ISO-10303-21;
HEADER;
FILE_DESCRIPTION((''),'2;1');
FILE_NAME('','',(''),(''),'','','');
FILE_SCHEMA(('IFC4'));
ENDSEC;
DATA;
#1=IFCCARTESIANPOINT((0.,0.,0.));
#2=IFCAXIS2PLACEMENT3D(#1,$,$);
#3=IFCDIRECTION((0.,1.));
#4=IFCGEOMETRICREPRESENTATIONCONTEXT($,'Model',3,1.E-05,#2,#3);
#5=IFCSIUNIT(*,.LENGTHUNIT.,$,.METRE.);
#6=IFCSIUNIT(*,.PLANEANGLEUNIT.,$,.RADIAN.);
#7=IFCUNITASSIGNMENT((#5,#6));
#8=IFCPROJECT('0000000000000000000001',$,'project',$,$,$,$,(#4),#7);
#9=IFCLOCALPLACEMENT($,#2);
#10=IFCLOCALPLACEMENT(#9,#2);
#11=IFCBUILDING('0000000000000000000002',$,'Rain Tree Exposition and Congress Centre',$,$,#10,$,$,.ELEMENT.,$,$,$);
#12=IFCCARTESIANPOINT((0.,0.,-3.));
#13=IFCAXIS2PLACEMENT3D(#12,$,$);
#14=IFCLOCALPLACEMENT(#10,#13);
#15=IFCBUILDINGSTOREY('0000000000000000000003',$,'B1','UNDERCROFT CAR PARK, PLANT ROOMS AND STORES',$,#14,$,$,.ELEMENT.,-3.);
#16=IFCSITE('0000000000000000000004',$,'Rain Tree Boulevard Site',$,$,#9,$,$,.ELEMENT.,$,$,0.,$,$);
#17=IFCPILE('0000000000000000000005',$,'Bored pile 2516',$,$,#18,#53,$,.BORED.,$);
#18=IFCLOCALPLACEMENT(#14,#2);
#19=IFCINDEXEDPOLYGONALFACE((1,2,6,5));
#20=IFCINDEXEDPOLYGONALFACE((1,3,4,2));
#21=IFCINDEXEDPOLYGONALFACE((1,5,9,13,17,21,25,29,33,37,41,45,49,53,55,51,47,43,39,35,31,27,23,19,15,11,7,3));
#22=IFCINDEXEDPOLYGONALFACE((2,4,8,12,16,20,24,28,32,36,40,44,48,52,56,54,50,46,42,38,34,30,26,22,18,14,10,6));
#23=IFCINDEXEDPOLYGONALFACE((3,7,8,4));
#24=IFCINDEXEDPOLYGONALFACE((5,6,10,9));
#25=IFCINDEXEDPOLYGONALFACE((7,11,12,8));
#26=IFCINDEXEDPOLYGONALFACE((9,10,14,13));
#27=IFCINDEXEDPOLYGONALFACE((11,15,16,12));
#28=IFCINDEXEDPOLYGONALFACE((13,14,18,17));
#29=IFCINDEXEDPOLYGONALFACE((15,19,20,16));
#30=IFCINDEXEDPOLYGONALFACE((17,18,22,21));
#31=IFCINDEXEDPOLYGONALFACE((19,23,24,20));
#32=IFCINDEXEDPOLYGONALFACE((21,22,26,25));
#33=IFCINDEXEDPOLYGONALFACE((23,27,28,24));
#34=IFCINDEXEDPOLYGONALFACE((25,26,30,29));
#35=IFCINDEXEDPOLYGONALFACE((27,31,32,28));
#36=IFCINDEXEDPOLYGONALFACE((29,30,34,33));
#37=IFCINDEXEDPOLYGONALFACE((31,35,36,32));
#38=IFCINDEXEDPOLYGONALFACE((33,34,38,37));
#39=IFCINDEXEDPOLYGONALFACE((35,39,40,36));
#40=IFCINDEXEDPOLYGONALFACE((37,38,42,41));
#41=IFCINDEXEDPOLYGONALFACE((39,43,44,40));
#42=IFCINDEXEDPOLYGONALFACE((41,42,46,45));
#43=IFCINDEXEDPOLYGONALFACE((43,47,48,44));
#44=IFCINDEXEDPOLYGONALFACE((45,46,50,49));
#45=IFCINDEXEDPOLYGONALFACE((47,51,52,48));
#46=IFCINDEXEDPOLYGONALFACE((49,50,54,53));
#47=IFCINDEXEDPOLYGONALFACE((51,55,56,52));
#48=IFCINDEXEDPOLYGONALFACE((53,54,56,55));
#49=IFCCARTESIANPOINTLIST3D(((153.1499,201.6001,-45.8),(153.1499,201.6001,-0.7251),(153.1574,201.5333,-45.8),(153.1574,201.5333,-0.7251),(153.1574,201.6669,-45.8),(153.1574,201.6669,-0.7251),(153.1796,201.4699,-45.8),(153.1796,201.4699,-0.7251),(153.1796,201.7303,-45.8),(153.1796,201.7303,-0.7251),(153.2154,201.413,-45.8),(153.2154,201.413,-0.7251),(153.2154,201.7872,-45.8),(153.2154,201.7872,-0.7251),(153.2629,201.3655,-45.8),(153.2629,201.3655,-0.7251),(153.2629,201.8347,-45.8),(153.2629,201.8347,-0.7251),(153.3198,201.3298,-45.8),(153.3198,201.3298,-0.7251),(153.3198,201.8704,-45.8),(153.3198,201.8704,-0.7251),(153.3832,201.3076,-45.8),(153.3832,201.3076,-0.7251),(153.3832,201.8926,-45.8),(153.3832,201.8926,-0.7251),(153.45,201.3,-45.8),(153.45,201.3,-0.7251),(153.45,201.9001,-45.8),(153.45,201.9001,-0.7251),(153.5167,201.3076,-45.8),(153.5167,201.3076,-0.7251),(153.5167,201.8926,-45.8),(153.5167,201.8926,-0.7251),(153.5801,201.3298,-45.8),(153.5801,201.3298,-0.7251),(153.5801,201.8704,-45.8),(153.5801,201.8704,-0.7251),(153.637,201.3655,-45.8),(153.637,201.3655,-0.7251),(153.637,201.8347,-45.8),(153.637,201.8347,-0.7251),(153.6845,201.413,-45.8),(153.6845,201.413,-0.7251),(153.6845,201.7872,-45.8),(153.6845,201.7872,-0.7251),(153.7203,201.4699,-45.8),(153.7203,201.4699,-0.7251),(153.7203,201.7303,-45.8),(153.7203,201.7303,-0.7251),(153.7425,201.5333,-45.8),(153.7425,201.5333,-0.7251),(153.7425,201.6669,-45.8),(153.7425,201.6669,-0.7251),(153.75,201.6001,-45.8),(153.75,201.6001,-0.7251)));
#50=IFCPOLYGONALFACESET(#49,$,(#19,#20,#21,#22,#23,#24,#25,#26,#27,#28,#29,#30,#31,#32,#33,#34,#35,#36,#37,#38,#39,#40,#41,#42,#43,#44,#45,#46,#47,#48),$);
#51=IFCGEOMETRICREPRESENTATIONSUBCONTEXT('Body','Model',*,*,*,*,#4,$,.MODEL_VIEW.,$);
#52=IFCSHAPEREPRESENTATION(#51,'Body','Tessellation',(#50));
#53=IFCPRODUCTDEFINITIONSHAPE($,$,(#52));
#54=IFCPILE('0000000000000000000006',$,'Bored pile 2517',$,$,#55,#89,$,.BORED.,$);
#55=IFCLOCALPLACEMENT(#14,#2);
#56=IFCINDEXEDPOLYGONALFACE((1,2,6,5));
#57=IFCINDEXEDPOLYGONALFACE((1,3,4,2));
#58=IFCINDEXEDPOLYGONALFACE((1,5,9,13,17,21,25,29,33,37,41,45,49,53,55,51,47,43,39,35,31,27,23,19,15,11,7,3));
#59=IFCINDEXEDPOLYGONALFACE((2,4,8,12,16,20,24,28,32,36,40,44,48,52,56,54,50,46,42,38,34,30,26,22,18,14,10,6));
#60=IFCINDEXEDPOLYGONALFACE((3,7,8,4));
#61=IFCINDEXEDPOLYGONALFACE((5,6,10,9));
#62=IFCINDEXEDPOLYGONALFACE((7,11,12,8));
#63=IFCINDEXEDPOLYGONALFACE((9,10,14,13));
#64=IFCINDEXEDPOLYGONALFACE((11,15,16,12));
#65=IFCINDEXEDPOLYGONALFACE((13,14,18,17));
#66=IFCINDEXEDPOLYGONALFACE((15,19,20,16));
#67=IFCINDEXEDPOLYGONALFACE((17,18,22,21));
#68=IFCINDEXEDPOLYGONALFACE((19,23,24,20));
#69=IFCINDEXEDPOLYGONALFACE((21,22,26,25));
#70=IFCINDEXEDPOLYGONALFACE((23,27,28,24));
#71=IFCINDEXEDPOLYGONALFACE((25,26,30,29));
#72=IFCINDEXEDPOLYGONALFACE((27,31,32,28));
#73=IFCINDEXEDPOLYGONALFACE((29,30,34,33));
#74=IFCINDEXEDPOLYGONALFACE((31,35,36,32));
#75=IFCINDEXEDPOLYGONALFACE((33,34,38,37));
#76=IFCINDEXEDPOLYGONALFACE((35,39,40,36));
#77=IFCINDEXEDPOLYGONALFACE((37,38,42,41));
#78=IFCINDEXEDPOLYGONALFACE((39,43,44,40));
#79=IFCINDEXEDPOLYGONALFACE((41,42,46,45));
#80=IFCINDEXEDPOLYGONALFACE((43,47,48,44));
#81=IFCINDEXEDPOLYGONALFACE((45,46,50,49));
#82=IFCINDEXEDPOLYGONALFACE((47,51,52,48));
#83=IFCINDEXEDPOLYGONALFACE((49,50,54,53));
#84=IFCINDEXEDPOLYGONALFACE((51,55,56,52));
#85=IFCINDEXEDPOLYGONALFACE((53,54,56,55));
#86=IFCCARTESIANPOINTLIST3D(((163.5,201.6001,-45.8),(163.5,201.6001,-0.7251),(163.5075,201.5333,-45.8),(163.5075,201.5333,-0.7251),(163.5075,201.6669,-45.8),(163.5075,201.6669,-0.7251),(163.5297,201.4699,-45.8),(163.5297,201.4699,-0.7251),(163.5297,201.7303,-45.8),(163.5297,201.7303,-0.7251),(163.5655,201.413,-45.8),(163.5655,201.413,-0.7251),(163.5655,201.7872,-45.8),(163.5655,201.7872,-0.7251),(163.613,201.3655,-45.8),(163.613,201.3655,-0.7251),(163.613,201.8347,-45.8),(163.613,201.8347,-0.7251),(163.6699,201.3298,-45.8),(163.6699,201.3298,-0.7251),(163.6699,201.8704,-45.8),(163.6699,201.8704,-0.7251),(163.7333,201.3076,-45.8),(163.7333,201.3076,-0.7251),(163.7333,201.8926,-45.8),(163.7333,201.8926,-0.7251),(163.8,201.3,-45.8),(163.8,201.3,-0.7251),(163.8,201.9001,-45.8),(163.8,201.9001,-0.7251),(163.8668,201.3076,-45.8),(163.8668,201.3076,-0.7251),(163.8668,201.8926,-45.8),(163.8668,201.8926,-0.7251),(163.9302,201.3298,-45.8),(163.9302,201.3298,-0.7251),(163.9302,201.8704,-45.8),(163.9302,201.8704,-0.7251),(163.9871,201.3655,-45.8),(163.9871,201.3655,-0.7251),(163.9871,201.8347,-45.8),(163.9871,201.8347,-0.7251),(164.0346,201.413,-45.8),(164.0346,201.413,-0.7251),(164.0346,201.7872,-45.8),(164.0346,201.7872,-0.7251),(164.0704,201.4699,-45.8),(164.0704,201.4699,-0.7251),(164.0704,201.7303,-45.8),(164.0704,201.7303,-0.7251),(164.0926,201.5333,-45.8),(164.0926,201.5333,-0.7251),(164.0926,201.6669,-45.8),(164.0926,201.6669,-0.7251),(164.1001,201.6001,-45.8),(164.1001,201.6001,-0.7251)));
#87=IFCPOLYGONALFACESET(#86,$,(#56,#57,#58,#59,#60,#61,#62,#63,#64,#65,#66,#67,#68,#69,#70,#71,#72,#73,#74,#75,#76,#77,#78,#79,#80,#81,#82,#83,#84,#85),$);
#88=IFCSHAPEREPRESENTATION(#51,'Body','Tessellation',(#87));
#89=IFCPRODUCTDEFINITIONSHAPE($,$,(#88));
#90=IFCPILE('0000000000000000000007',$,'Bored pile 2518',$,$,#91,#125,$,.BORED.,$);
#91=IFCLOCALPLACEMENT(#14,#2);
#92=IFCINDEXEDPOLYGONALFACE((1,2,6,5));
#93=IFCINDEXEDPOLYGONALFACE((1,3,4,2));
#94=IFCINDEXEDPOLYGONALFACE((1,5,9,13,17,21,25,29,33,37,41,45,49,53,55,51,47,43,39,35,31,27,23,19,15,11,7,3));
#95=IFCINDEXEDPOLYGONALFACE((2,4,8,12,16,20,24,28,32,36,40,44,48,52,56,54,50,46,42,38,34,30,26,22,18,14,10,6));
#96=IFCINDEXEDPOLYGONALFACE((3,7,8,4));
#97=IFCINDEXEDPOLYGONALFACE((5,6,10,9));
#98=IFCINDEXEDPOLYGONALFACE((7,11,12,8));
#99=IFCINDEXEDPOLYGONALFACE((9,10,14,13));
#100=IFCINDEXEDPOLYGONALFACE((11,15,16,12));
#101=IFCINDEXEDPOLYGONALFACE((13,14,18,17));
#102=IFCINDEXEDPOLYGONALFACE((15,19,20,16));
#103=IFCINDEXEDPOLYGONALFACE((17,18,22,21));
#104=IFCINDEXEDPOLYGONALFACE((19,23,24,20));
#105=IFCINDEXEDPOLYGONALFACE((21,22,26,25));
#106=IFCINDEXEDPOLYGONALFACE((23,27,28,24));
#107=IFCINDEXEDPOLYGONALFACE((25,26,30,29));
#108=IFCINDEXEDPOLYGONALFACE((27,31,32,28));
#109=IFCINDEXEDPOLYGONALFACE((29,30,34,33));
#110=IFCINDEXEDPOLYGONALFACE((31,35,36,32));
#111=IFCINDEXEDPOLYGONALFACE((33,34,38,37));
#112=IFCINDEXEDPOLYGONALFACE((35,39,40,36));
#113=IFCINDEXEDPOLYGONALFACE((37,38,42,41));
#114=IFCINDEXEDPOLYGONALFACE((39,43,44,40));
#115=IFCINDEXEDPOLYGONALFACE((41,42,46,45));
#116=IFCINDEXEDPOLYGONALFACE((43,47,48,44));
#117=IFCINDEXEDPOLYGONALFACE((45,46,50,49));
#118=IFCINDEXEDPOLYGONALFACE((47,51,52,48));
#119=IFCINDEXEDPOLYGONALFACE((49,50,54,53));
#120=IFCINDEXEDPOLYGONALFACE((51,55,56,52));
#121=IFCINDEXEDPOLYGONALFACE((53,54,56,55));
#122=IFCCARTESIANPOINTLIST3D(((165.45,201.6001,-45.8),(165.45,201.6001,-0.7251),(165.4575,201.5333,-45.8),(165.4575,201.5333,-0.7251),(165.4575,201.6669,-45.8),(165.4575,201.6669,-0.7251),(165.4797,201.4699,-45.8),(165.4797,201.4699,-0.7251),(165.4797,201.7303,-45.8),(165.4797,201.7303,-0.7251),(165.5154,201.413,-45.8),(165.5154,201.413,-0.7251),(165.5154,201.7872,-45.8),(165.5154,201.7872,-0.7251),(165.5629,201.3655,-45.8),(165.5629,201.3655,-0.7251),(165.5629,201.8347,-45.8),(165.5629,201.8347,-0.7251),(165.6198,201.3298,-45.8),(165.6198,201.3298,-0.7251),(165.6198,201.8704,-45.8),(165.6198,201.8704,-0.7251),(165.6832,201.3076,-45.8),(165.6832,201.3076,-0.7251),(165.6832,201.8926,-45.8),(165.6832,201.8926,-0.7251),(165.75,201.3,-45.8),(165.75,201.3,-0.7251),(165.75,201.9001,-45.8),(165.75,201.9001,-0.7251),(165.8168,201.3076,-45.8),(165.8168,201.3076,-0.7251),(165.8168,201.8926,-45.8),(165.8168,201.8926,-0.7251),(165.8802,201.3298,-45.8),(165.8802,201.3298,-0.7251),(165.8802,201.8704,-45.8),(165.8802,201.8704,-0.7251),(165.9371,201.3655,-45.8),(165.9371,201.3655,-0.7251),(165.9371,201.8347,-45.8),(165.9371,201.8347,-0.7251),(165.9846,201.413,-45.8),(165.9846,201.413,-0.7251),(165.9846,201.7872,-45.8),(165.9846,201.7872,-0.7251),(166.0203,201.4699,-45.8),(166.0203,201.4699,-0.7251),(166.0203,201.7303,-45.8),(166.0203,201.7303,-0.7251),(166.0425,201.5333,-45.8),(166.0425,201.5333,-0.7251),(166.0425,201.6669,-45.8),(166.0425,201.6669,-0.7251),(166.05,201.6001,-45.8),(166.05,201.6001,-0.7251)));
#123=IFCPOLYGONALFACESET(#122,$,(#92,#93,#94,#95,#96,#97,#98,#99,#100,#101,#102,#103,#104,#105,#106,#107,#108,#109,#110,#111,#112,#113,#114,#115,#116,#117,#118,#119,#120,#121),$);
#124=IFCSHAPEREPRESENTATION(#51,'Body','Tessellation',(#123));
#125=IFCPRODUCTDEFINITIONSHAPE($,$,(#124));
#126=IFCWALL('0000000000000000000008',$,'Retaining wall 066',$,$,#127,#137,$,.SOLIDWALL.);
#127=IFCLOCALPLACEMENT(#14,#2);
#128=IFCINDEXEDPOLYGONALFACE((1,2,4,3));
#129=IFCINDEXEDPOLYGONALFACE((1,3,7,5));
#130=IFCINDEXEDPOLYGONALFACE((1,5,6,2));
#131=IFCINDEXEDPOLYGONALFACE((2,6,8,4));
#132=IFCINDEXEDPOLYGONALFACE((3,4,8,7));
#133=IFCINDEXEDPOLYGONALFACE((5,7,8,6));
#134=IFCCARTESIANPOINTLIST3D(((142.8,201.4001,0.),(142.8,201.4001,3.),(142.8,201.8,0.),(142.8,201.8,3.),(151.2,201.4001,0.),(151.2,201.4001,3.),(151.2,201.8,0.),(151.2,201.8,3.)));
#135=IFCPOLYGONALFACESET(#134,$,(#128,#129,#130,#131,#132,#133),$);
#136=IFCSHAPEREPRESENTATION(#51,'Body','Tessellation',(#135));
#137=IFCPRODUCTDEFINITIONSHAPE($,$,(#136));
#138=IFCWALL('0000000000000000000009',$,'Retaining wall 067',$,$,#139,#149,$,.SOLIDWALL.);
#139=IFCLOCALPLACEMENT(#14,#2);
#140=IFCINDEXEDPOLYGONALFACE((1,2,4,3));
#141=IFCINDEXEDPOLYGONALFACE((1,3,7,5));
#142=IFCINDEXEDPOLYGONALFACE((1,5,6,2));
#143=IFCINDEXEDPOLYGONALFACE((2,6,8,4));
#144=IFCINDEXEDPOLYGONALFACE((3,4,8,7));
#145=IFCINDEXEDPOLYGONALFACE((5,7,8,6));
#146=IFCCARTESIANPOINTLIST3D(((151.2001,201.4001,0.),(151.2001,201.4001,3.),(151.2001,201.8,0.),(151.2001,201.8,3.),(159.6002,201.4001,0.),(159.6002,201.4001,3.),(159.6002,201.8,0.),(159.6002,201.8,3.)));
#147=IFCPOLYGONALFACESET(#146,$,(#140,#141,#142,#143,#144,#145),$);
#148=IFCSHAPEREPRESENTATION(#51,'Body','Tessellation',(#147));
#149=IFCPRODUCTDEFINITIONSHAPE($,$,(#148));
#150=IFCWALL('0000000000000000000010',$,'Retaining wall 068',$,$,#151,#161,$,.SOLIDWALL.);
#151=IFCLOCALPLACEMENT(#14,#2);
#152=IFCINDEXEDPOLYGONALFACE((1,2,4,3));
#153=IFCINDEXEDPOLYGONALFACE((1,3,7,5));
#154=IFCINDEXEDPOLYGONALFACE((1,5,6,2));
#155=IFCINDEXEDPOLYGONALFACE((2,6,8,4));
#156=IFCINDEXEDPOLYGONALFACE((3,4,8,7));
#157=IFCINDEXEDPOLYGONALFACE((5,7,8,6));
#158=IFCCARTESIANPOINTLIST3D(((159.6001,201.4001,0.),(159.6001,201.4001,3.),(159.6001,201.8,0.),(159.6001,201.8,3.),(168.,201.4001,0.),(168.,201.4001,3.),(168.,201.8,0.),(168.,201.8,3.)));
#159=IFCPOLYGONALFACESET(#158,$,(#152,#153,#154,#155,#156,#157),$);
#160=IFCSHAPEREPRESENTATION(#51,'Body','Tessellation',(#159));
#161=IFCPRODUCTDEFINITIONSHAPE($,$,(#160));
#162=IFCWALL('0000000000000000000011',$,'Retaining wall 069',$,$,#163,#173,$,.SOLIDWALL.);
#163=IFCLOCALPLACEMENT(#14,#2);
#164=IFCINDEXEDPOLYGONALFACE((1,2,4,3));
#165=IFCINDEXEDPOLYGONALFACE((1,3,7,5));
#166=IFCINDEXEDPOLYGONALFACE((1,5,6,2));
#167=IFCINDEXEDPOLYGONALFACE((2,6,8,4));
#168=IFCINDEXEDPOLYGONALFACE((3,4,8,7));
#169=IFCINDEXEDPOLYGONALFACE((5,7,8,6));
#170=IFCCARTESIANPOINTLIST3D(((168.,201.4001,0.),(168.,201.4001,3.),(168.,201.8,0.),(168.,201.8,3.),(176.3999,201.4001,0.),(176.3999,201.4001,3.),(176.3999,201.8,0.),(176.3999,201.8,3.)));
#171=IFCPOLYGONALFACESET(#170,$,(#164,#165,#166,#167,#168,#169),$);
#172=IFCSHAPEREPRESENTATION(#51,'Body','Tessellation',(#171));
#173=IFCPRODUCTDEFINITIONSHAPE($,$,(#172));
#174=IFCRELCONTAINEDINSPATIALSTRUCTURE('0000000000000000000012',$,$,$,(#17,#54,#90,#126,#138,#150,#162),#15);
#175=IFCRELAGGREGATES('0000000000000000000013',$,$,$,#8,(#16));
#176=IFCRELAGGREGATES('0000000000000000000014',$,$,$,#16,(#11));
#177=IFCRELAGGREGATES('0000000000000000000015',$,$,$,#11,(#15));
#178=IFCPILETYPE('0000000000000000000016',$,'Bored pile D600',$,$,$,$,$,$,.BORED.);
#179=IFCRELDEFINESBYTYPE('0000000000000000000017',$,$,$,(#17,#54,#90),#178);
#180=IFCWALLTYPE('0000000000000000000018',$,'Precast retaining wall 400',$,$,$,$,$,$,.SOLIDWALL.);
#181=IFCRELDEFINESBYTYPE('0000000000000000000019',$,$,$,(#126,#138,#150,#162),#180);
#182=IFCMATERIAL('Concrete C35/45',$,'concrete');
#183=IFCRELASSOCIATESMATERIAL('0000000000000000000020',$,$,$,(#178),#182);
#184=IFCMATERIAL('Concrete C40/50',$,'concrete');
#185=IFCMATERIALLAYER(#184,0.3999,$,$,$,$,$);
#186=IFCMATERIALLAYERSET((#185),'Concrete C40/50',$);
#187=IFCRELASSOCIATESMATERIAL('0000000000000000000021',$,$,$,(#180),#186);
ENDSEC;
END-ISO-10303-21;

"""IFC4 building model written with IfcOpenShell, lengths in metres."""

from ifc_helpers import new_model, si_unit, direction, frame, frame_2d, origin, origin_2d, place, context, subcontext, project, spatial, rectangle, circle, extrude, material, layer, layer_set, material_profile, profile_set, type_object, element, save


model = new_model("IFC4")

# Units and contexts
model_context = context("Model", 3, precision=1e-05, world=origin(), true_north=direction((0.0, 1.0)))
body_context = subcontext(model_context, "Body", "Model", "MODEL_VIEW")
ifc_project = project(units=[si_unit("LENGTHUNIT", "METRE"), si_unit("PLANEANGLEUNIT", "RADIAN")], contexts=[model_context])

# Site, building, storey
site_placement = place(None, origin())
site = spatial("IfcSite", under=ifc_project, at=site_placement, Name="Rain Tree Boulevard Site", CompositionType="ELEMENT", RefElevation=0.0)
building_placement = place(site_placement, origin())
building = spatial("IfcBuilding", under=site, at=building_placement, Name="Rain Tree Exposition and Congress Centre", CompositionType="ELEMENT")
storey_placement = place(building_placement, frame((0.0, 0.0, -3.0)))
storey = spatial("IfcBuildingStorey", under=building, at=storey_placement, Name="B1", Description="UNDERCROFT CAR PARK, PLANT ROOMS AND STORES", CompositionType="ELEMENT", Elevation=-3.0)

# Piles
ifc_material_1 = material(Name="Concrete C35/45", Category="concrete")
ifc_material_profile_1 = material_profile(ifc_material_1, circle(Radius=0.3, at=origin_2d()), Name="D600")
ifc_profile_set_1 = profile_set([ifc_material_profile_1], Name="Concrete C35/45")
pile_type_1 = type_object("IfcPileType", Name="Bored pile D600", PredefinedType="BORED", material=ifc_profile_set_1)
for number, where, z_axis, x_axis, name in (
    (1, (153.45, 201.6001, -0.7251), (0.0, 0.0, -1.0), (1.0, 0.0, 0.0), "Bored pile 2516"),
    (2, (163.8, 201.6001, -0.7251), (0.0, 0.0, -1.0), (1.0, 0.0, 0.0), "Bored pile 2517"),
    (3, (165.75, 201.6001, -0.7251), (0.0, 0.0, -1.0), (1.0, 0.0, 0.0), "Bored pile 2518"),
):
    element("IfcPile", number, at=place(storey_placement, frame(where, z_axis=z_axis, x_axis=x_axis)), inside=storey, type_object=pile_type_1, Name=name, PredefinedType="BORED", context=body_context, shape_type="SweptSolid", body=[
        extrude(circle(Radius=0.3, at=origin_2d()), origin(), (0.0, 0.0, 1.0), 45.075),
    ])

# Walls
ifc_material_2 = material(Name="Concrete C40/50", Category="concrete")
ifc_layer = layer(ifc_material_2, 0.3999)
ifc_layer_set = layer_set([ifc_layer], Name="Concrete C40/50")
wall_type = type_object("IfcWallType", Name="Precast retaining wall 400", PredefinedType="SOLIDWALL", material=ifc_layer_set)
wall_1_placement = place(storey_placement, frame((142.8, 201.6001, 0.0), z_axis=(0.0, 0.0, 1.0), x_axis=(1.0, 0.0, 0.0)))
element("IfcWall", 4, at=wall_1_placement, inside=storey, type_object=wall_type, Name="Retaining wall 066", PredefinedType="SOLIDWALL", context=body_context, shape_type="SweptSolid", body=[
    extrude(rectangle(XDim=8.3999, YDim=0.3999, at=frame_2d((4.2, 0.0))), origin(), (0.0, 0.0, 1.0), 3.0),
])
wall_2_placement = place(storey_placement, frame((151.2, 201.6001, 0.0), z_axis=(0.0, 0.0, 1.0), x_axis=(1.0, 0.0, 0.0)))
element("IfcWall", 5, at=wall_2_placement, inside=storey, type_object=wall_type, Name="Retaining wall 067", PredefinedType="SOLIDWALL", context=body_context, shape_type="SweptSolid", body=[
    extrude(rectangle(XDim=8.4001, YDim=0.3999, at=frame_2d((4.2002, 0.0))), origin(), (0.0, 0.0, 1.0), 3.0),
])
for number, where, z_axis, x_axis, name in (
    (6, (159.6001, 201.6001, 0.0), (0.0, 0.0, 1.0), (1.0, 0.0, 0.0), "Retaining wall 068"),
    (7, (168.0, 201.6001, 0.0), (0.0, 0.0, 1.0), (1.0, 0.0, 0.0), "Retaining wall 069"),
):
    element("IfcWall", number, at=place(storey_placement, frame(where, z_axis=z_axis, x_axis=x_axis)), inside=storey, type_object=wall_type, Name=name, PredefinedType="SOLIDWALL", context=body_context, shape_type="SweptSolid", body=[
        extrude(rectangle(XDim=8.3999, YDim=0.3999, at=frame_2d((4.2, 0.0))), origin(), (0.0, 0.0, 1.0), 3.0),
    ])

save(model, "model.ifc")
